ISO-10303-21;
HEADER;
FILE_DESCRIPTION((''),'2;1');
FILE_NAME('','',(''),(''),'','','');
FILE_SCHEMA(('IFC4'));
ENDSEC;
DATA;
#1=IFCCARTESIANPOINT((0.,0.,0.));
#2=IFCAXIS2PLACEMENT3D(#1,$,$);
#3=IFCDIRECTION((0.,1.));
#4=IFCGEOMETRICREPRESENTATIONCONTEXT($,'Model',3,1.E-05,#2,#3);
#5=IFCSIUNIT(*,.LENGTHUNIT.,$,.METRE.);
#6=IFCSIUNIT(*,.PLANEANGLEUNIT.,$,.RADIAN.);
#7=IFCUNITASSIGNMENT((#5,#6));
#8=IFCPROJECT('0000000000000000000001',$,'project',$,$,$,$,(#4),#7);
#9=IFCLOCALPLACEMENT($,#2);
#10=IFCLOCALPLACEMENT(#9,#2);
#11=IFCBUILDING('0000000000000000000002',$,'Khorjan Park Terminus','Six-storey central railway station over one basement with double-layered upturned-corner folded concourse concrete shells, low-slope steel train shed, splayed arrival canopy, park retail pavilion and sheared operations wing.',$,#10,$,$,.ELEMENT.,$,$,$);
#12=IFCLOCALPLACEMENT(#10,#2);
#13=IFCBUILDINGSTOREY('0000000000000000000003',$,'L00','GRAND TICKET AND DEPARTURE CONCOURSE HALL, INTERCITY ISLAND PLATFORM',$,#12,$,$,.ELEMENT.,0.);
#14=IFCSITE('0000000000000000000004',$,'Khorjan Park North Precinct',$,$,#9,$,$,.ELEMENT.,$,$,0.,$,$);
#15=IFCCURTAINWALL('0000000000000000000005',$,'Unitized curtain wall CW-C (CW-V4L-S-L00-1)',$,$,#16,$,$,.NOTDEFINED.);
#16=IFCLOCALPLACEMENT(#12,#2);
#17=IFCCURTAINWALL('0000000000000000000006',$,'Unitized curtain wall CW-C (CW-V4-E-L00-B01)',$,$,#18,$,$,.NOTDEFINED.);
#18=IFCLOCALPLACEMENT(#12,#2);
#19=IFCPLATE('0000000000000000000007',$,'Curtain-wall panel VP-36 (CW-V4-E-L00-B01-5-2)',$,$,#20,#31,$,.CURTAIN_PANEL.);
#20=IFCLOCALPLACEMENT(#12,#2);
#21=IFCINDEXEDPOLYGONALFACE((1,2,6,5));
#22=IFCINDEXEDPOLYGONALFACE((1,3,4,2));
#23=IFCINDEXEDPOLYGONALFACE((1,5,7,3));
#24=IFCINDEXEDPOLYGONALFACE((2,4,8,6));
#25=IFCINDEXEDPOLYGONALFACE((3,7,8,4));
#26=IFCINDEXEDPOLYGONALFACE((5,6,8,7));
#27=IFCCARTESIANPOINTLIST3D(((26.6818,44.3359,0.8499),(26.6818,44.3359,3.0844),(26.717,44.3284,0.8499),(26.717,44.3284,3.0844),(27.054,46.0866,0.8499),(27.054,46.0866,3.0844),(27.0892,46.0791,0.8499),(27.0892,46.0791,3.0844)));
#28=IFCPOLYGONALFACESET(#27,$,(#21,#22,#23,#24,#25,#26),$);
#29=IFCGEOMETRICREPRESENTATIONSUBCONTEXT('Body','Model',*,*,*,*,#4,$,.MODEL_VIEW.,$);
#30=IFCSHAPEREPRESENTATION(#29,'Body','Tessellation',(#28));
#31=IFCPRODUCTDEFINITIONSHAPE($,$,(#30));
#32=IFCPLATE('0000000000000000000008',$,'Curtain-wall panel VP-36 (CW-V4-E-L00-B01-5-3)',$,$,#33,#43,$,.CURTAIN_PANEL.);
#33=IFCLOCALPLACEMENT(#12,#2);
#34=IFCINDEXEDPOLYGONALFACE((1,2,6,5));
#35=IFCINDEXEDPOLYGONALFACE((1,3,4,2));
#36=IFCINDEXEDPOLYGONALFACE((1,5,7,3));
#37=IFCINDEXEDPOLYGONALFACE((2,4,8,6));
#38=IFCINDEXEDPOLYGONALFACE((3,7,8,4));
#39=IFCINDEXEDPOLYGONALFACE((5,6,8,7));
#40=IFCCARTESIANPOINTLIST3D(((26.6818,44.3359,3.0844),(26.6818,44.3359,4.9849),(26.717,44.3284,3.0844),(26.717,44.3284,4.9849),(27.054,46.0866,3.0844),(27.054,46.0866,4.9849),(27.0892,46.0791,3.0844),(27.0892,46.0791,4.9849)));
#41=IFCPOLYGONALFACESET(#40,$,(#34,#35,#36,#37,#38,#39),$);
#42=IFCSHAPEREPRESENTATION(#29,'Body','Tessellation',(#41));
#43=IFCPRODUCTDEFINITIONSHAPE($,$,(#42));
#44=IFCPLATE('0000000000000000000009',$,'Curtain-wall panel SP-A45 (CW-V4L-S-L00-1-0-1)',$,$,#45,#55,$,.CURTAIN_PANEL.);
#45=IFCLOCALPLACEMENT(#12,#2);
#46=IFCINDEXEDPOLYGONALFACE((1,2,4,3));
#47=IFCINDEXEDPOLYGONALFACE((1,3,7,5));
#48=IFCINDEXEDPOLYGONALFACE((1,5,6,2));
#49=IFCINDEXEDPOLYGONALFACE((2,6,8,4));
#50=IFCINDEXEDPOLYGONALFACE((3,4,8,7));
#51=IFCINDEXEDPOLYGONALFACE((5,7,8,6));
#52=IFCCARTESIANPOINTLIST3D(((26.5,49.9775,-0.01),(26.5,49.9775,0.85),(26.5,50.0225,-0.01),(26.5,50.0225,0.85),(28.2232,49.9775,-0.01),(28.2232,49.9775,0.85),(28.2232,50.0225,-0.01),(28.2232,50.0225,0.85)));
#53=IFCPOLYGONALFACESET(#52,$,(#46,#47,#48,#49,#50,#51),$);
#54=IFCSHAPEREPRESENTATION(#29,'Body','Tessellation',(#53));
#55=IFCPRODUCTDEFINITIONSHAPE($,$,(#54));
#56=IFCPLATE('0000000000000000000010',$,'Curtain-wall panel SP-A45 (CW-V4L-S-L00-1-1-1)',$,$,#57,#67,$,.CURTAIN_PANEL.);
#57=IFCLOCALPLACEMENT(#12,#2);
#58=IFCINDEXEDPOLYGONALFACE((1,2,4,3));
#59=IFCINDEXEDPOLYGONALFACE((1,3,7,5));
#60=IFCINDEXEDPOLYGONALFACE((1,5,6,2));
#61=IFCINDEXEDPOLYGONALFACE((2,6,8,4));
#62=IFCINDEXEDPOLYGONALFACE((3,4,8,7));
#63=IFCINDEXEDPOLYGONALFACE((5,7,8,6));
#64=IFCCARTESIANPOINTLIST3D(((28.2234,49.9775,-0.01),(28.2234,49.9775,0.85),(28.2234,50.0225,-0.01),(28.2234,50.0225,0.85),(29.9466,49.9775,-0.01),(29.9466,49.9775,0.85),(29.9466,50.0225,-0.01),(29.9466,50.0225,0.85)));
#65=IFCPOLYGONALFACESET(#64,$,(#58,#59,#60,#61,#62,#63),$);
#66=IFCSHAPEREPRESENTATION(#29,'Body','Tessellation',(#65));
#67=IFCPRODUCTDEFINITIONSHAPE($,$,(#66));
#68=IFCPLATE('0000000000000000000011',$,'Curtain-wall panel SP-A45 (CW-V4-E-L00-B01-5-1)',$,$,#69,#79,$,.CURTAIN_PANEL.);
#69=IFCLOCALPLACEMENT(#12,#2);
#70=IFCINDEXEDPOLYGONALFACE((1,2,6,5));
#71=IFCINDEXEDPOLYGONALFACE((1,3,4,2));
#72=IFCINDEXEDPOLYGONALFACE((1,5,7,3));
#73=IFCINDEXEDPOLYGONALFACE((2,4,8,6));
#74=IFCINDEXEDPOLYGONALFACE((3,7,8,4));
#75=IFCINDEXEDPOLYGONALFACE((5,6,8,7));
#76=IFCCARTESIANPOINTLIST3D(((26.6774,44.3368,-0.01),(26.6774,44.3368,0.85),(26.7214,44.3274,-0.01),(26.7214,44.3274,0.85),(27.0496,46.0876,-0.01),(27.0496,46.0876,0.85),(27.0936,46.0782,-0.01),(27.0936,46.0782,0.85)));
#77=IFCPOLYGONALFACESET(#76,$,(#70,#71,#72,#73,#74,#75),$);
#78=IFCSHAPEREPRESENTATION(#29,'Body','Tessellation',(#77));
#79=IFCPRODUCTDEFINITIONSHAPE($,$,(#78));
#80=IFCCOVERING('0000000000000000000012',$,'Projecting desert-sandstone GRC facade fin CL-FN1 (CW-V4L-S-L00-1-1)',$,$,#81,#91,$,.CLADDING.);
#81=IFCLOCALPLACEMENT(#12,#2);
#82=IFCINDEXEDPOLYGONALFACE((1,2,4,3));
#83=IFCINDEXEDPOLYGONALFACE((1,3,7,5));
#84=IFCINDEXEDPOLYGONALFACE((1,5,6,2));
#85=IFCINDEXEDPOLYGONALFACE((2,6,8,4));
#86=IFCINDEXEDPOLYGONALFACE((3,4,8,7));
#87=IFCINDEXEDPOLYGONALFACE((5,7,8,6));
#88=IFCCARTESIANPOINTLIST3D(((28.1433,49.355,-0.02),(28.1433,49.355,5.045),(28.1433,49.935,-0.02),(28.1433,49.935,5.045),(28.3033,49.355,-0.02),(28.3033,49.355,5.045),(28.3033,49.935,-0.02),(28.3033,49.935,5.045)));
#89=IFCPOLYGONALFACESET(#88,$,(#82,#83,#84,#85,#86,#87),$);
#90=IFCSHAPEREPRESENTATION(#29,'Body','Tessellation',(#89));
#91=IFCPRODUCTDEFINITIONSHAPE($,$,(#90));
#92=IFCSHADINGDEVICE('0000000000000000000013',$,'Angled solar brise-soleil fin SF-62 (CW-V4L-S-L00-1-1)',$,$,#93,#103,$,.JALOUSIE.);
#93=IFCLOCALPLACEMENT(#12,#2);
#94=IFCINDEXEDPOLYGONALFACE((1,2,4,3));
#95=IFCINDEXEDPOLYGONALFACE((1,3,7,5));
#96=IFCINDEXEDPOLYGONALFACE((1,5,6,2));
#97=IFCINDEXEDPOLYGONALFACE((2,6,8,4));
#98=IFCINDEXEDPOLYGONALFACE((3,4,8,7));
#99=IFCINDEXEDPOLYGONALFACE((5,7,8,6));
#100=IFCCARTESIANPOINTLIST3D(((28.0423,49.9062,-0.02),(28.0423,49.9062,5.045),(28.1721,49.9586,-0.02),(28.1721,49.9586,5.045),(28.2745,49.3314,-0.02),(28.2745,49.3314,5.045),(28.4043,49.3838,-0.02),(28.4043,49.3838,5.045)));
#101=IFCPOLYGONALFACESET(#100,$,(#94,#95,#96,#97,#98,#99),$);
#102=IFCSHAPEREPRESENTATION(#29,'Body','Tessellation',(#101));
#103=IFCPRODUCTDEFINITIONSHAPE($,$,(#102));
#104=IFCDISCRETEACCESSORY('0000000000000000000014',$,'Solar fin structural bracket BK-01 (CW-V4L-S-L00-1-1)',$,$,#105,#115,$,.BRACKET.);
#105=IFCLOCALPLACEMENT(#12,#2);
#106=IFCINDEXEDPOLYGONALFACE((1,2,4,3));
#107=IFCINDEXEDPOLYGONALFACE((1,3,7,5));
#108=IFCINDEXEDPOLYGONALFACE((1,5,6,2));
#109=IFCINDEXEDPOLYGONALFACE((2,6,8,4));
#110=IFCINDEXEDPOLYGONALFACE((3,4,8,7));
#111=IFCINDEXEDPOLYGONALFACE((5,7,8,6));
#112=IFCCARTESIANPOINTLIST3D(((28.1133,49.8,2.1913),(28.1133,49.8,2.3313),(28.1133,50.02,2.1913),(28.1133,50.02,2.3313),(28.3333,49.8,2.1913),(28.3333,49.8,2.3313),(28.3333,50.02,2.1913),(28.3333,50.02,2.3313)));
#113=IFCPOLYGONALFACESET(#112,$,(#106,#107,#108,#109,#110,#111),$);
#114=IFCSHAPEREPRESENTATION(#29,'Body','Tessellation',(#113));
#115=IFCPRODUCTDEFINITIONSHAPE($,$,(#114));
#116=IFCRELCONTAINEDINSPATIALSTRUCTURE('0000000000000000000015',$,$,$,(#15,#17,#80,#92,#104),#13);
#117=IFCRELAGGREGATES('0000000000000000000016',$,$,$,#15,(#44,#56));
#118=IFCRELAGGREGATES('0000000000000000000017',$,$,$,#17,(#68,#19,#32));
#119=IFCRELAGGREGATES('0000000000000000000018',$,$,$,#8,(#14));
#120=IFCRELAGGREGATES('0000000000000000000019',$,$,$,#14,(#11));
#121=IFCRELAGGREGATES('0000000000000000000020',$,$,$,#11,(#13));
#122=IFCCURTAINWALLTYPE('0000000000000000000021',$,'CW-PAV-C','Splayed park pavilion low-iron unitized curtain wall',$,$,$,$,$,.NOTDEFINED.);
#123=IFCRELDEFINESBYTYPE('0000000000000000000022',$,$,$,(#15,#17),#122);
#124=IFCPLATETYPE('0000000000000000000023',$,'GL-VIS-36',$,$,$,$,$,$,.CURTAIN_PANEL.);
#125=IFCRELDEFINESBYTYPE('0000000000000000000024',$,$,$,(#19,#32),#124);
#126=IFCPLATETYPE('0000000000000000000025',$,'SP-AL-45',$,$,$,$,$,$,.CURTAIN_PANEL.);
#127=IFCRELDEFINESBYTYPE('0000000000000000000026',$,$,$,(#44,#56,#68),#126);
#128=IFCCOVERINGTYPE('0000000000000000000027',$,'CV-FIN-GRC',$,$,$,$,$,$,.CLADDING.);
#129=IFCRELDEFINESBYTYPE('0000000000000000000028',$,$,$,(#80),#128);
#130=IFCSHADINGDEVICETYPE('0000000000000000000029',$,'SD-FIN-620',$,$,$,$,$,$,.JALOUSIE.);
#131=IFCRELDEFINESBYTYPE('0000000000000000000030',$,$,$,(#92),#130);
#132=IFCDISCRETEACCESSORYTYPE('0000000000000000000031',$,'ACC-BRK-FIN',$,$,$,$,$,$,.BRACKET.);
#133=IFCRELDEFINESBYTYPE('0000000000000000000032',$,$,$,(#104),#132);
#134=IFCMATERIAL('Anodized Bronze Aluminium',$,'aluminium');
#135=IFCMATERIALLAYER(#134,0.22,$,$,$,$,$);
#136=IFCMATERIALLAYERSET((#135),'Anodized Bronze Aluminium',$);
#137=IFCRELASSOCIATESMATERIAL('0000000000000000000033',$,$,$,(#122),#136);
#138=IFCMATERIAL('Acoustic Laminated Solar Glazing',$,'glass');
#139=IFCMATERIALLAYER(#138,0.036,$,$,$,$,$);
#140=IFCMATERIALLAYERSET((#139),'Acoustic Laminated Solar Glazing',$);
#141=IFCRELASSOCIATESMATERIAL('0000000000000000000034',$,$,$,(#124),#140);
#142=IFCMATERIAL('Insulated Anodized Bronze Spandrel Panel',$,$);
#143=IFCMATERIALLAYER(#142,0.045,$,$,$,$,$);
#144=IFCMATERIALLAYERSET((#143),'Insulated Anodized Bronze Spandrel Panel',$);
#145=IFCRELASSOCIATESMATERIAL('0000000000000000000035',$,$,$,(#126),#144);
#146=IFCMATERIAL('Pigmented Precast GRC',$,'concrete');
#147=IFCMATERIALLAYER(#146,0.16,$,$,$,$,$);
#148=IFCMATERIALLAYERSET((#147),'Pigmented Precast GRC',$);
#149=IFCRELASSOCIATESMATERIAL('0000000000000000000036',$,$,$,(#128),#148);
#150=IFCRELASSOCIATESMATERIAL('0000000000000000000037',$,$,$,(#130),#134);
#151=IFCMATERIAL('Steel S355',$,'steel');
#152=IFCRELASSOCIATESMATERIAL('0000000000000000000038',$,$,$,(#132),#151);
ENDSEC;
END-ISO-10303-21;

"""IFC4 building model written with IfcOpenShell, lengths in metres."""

from ifc_helpers import new_model, si_unit, direction, frame, origin, origin_2d, place, context, subcontext, project, spatial, rectangle, extrude, material, layer, layer_set, type_object, element, aggregate, save


model = new_model("IFC4")

# Units and contexts
model_context = context("Model", 3, precision=1e-05, world=origin(), true_north=direction((0.0, 1.0)))
body_context = subcontext(model_context, "Body", "Model", "MODEL_VIEW")
ifc_project = project(units=[si_unit("LENGTHUNIT", "METRE"), si_unit("PLANEANGLEUNIT", "RADIAN")], contexts=[model_context])

# Site, building, storey
site_placement = place(None, origin())
site = spatial("IfcSite", under=ifc_project, at=site_placement, Name="Khorjan Park North Precinct", CompositionType="ELEMENT", RefElevation=0.0)
building_placement = place(site_placement, origin())
building = spatial("IfcBuilding", under=site, at=building_placement, Name="Khorjan Park Terminus", Description="Six-storey central railway station over one basement with double-layered upturned-corner folded concourse concrete shells, low-slope steel train shed, splayed arrival canopy, park retail pavilion and sheared operations wing.", CompositionType="ELEMENT")
storey_placement = place(building_placement, origin())
storey = spatial("IfcBuildingStorey", under=building, at=storey_placement, Name="L00", Description="GRAND TICKET AND DEPARTURE CONCOURSE HALL, INTERCITY ISLAND PLATFORM", CompositionType="ELEMENT", Elevation=0.0)

# Shared definitions
ifc_material_1 = material(Name="Steel S355", Category="steel")

# Curtain wall
ifc_material_2 = material(Name="Anodized Bronze Aluminium", Category="aluminium")
ifc_layer_1 = layer(ifc_material_2, 0.22)
ifc_layer_set_1 = layer_set([ifc_layer_1], Name="Anodized Bronze Aluminium")
curtain_wall_type = type_object("IfcCurtainWallType", Name="CW-PAV-C", Description="Splayed park pavilion low-iron unitized curtain wall", PredefinedType="NOTDEFINED", material=ifc_layer_set_1)
curtain_wall_1_placement = place(storey_placement, origin())
curtain_wall_1 = element("IfcCurtainWall", 1, at=curtain_wall_1_placement, inside=storey, type_object=curtain_wall_type, Name="Unitized curtain wall CW-C (CW-V4L-S-L00-1)", PredefinedType="NOTDEFINED")

# Curtain wall
curtain_wall_2_placement = place(storey_placement, origin())
curtain_wall_2 = element("IfcCurtainWall", 2, at=curtain_wall_2_placement, inside=storey, type_object=curtain_wall_type, Name="Unitized curtain wall CW-C (CW-V4-E-L00-B01)", PredefinedType="NOTDEFINED")

# Plates
ifc_material_3 = material(Name="Acoustic Laminated Solar Glazing", Category="glass")
ifc_layer_2 = layer(ifc_material_3, 0.036)
ifc_layer_set_2 = layer_set([ifc_layer_2], Name="Acoustic Laminated Solar Glazing")
plate_type_1 = type_object("IfcPlateType", Name="GL-VIS-36", PredefinedType="CURTAIN_PANEL", material=ifc_layer_set_2)
plate_1_placement = place(storey_placement, frame((26.8855, 45.2075, 0.8499), z_axis=(0.0, 0.0, 1.0), x_axis=(0.207917, 0.978147, 0.0)))
plate_1 = element("IfcPlate", 3, at=plate_1_placement, type_object=plate_type_1, Name="Curtain-wall panel VP-36 (CW-V4-E-L00-B01-5-2)", PredefinedType="CURTAIN_PANEL", context=body_context, shape_type="SweptSolid", body=[
    extrude(rectangle(XDim=1.7899, YDim=0.036, at=origin_2d()), origin(), (0.0, 0.0, 1.0), 2.2345),
])
plate_2_placement = place(storey_placement, frame((26.8855, 45.2075, 3.0844), z_axis=(0.0, 0.0, 1.0), x_axis=(0.207917, 0.978147, 0.0)))
plate_2 = element("IfcPlate", 4, at=plate_2_placement, type_object=plate_type_1, Name="Curtain-wall panel VP-36 (CW-V4-E-L00-B01-5-3)", PredefinedType="CURTAIN_PANEL", context=body_context, shape_type="SweptSolid", body=[
    extrude(rectangle(XDim=1.7899, YDim=0.036, at=origin_2d()), origin(), (0.0, 0.0, 1.0), 1.9005),
])
ifc_material_4 = material(Name="Insulated Anodized Bronze Spandrel Panel")
ifc_layer_3 = layer(ifc_material_4, 0.045)
ifc_layer_set_3 = layer_set([ifc_layer_3], Name="Insulated Anodized Bronze Spandrel Panel")
plate_type_2 = type_object("IfcPlateType", Name="SP-AL-45", PredefinedType="CURTAIN_PANEL", material=ifc_layer_set_3)
plate_3_placement = place(storey_placement, frame((27.3616, 50.0, -0.01), z_axis=(0.0, 0.0, 1.0), x_axis=(1.0, 0.0, 0.0)))
plate_3 = element("IfcPlate", 5, at=plate_3_placement, type_object=plate_type_2, Name="Curtain-wall panel SP-A45 (CW-V4L-S-L00-1-0-1)", PredefinedType="CURTAIN_PANEL", context=body_context, shape_type="SweptSolid", body=[
    extrude(rectangle(XDim=1.7233, YDim=0.045, at=origin_2d()), origin(), (0.0, 0.0, 1.0), 0.86),
])
plate_4_placement = place(storey_placement, frame((29.085, 50.0, -0.01), z_axis=(0.0, 0.0, 1.0), x_axis=(1.0, 0.0, 0.0)))
plate_4 = element("IfcPlate", 6, at=plate_4_placement, type_object=plate_type_2, Name="Curtain-wall panel SP-A45 (CW-V4L-S-L00-1-1-1)", PredefinedType="CURTAIN_PANEL", context=body_context, shape_type="SweptSolid", body=[
    extrude(rectangle(XDim=1.7233, YDim=0.045, at=origin_2d()), origin(), (0.0, 0.0, 1.0), 0.86),
])
aggregate(curtain_wall_1, [plate_3, plate_4])
plate_5_placement = place(storey_placement, frame((26.8855, 45.2075, -0.01), z_axis=(0.0, 0.0, 1.0), x_axis=(0.207917, 0.978147, 0.0)))
plate_5 = element("IfcPlate", 7, at=plate_5_placement, type_object=plate_type_2, Name="Curtain-wall panel SP-A45 (CW-V4-E-L00-B01-5-1)", PredefinedType="CURTAIN_PANEL", context=body_context, shape_type="SweptSolid", body=[
    extrude(rectangle(XDim=1.7899, YDim=0.045, at=origin_2d()), origin(), (0.0, 0.0, 1.0), 0.86),
])
aggregate(curtain_wall_2, [plate_5, plate_1, plate_2])

# Covering
ifc_material_5 = material(Name="Pigmented Precast GRC", Category="concrete")
ifc_layer_4 = layer(ifc_material_5, 0.16)
ifc_layer_set_4 = layer_set([ifc_layer_4], Name="Pigmented Precast GRC")
covering_type = type_object("IfcCoveringType", Name="CV-FIN-GRC", PredefinedType="CLADDING", material=ifc_layer_set_4)
covering_placement = place(storey_placement, frame((28.2233, 49.645, -0.02), z_axis=(0.0, 0.0, 1.0), x_axis=(0.0, 1.0, 0.0)))
element("IfcCovering", 8, at=covering_placement, inside=storey, type_object=covering_type, Name="Projecting desert-sandstone GRC facade fin CL-FN1 (CW-V4L-S-L00-1-1)", PredefinedType="CLADDING", context=body_context, shape_type="SweptSolid", body=[
    extrude(rectangle(XDim=0.58, YDim=0.16, at=origin_2d()), origin(), (0.0, 0.0, 1.0), 5.065),
])

# Shading device
shading_device_type = type_object("IfcShadingDeviceType", Name="SD-FIN-620", PredefinedType="JALOUSIE", material=ifc_material_2)
shading_device_placement = place(storey_placement, frame((28.2233, 49.645, -0.02), z_axis=(0.0, 0.0, 1.0), x_axis=(-0.374607, 0.927184, 0.0)))
element("IfcShadingDevice", 9, at=shading_device_placement, inside=storey, type_object=shading_device_type, Name="Angled solar brise-soleil fin SF-62 (CW-V4L-S-L00-1-1)", PredefinedType="JALOUSIE", context=body_context, shape_type="SweptSolid", body=[
    extrude(rectangle(XDim=0.62, YDim=0.14, at=origin_2d()), origin(), (0.0, 0.0, 1.0), 5.065),
])

# Discrete accessory
discrete_accessory_type = type_object("IfcDiscreteAccessoryType", Name="ACC-BRK-FIN", PredefinedType="BRACKET", material=ifc_material_1)
discrete_accessory_placement = place(storey_placement, frame((28.2233, 49.91, 2.1913), z_axis=(0.0, 0.0, 1.0), x_axis=(1.0, 0.0, 0.0)))
element("IfcDiscreteAccessory", 10, at=discrete_accessory_placement, inside=storey, type_object=discrete_accessory_type, Name="Solar fin structural bracket BK-01 (CW-V4L-S-L00-1-1)", PredefinedType="BRACKET", context=body_context, shape_type="SweptSolid", body=[
    extrude(rectangle(XDim=0.22, YDim=0.22, at=origin_2d()), origin(), (0.0, 0.0, 1.0), 0.14),
])

save(model, "model.ifc")
